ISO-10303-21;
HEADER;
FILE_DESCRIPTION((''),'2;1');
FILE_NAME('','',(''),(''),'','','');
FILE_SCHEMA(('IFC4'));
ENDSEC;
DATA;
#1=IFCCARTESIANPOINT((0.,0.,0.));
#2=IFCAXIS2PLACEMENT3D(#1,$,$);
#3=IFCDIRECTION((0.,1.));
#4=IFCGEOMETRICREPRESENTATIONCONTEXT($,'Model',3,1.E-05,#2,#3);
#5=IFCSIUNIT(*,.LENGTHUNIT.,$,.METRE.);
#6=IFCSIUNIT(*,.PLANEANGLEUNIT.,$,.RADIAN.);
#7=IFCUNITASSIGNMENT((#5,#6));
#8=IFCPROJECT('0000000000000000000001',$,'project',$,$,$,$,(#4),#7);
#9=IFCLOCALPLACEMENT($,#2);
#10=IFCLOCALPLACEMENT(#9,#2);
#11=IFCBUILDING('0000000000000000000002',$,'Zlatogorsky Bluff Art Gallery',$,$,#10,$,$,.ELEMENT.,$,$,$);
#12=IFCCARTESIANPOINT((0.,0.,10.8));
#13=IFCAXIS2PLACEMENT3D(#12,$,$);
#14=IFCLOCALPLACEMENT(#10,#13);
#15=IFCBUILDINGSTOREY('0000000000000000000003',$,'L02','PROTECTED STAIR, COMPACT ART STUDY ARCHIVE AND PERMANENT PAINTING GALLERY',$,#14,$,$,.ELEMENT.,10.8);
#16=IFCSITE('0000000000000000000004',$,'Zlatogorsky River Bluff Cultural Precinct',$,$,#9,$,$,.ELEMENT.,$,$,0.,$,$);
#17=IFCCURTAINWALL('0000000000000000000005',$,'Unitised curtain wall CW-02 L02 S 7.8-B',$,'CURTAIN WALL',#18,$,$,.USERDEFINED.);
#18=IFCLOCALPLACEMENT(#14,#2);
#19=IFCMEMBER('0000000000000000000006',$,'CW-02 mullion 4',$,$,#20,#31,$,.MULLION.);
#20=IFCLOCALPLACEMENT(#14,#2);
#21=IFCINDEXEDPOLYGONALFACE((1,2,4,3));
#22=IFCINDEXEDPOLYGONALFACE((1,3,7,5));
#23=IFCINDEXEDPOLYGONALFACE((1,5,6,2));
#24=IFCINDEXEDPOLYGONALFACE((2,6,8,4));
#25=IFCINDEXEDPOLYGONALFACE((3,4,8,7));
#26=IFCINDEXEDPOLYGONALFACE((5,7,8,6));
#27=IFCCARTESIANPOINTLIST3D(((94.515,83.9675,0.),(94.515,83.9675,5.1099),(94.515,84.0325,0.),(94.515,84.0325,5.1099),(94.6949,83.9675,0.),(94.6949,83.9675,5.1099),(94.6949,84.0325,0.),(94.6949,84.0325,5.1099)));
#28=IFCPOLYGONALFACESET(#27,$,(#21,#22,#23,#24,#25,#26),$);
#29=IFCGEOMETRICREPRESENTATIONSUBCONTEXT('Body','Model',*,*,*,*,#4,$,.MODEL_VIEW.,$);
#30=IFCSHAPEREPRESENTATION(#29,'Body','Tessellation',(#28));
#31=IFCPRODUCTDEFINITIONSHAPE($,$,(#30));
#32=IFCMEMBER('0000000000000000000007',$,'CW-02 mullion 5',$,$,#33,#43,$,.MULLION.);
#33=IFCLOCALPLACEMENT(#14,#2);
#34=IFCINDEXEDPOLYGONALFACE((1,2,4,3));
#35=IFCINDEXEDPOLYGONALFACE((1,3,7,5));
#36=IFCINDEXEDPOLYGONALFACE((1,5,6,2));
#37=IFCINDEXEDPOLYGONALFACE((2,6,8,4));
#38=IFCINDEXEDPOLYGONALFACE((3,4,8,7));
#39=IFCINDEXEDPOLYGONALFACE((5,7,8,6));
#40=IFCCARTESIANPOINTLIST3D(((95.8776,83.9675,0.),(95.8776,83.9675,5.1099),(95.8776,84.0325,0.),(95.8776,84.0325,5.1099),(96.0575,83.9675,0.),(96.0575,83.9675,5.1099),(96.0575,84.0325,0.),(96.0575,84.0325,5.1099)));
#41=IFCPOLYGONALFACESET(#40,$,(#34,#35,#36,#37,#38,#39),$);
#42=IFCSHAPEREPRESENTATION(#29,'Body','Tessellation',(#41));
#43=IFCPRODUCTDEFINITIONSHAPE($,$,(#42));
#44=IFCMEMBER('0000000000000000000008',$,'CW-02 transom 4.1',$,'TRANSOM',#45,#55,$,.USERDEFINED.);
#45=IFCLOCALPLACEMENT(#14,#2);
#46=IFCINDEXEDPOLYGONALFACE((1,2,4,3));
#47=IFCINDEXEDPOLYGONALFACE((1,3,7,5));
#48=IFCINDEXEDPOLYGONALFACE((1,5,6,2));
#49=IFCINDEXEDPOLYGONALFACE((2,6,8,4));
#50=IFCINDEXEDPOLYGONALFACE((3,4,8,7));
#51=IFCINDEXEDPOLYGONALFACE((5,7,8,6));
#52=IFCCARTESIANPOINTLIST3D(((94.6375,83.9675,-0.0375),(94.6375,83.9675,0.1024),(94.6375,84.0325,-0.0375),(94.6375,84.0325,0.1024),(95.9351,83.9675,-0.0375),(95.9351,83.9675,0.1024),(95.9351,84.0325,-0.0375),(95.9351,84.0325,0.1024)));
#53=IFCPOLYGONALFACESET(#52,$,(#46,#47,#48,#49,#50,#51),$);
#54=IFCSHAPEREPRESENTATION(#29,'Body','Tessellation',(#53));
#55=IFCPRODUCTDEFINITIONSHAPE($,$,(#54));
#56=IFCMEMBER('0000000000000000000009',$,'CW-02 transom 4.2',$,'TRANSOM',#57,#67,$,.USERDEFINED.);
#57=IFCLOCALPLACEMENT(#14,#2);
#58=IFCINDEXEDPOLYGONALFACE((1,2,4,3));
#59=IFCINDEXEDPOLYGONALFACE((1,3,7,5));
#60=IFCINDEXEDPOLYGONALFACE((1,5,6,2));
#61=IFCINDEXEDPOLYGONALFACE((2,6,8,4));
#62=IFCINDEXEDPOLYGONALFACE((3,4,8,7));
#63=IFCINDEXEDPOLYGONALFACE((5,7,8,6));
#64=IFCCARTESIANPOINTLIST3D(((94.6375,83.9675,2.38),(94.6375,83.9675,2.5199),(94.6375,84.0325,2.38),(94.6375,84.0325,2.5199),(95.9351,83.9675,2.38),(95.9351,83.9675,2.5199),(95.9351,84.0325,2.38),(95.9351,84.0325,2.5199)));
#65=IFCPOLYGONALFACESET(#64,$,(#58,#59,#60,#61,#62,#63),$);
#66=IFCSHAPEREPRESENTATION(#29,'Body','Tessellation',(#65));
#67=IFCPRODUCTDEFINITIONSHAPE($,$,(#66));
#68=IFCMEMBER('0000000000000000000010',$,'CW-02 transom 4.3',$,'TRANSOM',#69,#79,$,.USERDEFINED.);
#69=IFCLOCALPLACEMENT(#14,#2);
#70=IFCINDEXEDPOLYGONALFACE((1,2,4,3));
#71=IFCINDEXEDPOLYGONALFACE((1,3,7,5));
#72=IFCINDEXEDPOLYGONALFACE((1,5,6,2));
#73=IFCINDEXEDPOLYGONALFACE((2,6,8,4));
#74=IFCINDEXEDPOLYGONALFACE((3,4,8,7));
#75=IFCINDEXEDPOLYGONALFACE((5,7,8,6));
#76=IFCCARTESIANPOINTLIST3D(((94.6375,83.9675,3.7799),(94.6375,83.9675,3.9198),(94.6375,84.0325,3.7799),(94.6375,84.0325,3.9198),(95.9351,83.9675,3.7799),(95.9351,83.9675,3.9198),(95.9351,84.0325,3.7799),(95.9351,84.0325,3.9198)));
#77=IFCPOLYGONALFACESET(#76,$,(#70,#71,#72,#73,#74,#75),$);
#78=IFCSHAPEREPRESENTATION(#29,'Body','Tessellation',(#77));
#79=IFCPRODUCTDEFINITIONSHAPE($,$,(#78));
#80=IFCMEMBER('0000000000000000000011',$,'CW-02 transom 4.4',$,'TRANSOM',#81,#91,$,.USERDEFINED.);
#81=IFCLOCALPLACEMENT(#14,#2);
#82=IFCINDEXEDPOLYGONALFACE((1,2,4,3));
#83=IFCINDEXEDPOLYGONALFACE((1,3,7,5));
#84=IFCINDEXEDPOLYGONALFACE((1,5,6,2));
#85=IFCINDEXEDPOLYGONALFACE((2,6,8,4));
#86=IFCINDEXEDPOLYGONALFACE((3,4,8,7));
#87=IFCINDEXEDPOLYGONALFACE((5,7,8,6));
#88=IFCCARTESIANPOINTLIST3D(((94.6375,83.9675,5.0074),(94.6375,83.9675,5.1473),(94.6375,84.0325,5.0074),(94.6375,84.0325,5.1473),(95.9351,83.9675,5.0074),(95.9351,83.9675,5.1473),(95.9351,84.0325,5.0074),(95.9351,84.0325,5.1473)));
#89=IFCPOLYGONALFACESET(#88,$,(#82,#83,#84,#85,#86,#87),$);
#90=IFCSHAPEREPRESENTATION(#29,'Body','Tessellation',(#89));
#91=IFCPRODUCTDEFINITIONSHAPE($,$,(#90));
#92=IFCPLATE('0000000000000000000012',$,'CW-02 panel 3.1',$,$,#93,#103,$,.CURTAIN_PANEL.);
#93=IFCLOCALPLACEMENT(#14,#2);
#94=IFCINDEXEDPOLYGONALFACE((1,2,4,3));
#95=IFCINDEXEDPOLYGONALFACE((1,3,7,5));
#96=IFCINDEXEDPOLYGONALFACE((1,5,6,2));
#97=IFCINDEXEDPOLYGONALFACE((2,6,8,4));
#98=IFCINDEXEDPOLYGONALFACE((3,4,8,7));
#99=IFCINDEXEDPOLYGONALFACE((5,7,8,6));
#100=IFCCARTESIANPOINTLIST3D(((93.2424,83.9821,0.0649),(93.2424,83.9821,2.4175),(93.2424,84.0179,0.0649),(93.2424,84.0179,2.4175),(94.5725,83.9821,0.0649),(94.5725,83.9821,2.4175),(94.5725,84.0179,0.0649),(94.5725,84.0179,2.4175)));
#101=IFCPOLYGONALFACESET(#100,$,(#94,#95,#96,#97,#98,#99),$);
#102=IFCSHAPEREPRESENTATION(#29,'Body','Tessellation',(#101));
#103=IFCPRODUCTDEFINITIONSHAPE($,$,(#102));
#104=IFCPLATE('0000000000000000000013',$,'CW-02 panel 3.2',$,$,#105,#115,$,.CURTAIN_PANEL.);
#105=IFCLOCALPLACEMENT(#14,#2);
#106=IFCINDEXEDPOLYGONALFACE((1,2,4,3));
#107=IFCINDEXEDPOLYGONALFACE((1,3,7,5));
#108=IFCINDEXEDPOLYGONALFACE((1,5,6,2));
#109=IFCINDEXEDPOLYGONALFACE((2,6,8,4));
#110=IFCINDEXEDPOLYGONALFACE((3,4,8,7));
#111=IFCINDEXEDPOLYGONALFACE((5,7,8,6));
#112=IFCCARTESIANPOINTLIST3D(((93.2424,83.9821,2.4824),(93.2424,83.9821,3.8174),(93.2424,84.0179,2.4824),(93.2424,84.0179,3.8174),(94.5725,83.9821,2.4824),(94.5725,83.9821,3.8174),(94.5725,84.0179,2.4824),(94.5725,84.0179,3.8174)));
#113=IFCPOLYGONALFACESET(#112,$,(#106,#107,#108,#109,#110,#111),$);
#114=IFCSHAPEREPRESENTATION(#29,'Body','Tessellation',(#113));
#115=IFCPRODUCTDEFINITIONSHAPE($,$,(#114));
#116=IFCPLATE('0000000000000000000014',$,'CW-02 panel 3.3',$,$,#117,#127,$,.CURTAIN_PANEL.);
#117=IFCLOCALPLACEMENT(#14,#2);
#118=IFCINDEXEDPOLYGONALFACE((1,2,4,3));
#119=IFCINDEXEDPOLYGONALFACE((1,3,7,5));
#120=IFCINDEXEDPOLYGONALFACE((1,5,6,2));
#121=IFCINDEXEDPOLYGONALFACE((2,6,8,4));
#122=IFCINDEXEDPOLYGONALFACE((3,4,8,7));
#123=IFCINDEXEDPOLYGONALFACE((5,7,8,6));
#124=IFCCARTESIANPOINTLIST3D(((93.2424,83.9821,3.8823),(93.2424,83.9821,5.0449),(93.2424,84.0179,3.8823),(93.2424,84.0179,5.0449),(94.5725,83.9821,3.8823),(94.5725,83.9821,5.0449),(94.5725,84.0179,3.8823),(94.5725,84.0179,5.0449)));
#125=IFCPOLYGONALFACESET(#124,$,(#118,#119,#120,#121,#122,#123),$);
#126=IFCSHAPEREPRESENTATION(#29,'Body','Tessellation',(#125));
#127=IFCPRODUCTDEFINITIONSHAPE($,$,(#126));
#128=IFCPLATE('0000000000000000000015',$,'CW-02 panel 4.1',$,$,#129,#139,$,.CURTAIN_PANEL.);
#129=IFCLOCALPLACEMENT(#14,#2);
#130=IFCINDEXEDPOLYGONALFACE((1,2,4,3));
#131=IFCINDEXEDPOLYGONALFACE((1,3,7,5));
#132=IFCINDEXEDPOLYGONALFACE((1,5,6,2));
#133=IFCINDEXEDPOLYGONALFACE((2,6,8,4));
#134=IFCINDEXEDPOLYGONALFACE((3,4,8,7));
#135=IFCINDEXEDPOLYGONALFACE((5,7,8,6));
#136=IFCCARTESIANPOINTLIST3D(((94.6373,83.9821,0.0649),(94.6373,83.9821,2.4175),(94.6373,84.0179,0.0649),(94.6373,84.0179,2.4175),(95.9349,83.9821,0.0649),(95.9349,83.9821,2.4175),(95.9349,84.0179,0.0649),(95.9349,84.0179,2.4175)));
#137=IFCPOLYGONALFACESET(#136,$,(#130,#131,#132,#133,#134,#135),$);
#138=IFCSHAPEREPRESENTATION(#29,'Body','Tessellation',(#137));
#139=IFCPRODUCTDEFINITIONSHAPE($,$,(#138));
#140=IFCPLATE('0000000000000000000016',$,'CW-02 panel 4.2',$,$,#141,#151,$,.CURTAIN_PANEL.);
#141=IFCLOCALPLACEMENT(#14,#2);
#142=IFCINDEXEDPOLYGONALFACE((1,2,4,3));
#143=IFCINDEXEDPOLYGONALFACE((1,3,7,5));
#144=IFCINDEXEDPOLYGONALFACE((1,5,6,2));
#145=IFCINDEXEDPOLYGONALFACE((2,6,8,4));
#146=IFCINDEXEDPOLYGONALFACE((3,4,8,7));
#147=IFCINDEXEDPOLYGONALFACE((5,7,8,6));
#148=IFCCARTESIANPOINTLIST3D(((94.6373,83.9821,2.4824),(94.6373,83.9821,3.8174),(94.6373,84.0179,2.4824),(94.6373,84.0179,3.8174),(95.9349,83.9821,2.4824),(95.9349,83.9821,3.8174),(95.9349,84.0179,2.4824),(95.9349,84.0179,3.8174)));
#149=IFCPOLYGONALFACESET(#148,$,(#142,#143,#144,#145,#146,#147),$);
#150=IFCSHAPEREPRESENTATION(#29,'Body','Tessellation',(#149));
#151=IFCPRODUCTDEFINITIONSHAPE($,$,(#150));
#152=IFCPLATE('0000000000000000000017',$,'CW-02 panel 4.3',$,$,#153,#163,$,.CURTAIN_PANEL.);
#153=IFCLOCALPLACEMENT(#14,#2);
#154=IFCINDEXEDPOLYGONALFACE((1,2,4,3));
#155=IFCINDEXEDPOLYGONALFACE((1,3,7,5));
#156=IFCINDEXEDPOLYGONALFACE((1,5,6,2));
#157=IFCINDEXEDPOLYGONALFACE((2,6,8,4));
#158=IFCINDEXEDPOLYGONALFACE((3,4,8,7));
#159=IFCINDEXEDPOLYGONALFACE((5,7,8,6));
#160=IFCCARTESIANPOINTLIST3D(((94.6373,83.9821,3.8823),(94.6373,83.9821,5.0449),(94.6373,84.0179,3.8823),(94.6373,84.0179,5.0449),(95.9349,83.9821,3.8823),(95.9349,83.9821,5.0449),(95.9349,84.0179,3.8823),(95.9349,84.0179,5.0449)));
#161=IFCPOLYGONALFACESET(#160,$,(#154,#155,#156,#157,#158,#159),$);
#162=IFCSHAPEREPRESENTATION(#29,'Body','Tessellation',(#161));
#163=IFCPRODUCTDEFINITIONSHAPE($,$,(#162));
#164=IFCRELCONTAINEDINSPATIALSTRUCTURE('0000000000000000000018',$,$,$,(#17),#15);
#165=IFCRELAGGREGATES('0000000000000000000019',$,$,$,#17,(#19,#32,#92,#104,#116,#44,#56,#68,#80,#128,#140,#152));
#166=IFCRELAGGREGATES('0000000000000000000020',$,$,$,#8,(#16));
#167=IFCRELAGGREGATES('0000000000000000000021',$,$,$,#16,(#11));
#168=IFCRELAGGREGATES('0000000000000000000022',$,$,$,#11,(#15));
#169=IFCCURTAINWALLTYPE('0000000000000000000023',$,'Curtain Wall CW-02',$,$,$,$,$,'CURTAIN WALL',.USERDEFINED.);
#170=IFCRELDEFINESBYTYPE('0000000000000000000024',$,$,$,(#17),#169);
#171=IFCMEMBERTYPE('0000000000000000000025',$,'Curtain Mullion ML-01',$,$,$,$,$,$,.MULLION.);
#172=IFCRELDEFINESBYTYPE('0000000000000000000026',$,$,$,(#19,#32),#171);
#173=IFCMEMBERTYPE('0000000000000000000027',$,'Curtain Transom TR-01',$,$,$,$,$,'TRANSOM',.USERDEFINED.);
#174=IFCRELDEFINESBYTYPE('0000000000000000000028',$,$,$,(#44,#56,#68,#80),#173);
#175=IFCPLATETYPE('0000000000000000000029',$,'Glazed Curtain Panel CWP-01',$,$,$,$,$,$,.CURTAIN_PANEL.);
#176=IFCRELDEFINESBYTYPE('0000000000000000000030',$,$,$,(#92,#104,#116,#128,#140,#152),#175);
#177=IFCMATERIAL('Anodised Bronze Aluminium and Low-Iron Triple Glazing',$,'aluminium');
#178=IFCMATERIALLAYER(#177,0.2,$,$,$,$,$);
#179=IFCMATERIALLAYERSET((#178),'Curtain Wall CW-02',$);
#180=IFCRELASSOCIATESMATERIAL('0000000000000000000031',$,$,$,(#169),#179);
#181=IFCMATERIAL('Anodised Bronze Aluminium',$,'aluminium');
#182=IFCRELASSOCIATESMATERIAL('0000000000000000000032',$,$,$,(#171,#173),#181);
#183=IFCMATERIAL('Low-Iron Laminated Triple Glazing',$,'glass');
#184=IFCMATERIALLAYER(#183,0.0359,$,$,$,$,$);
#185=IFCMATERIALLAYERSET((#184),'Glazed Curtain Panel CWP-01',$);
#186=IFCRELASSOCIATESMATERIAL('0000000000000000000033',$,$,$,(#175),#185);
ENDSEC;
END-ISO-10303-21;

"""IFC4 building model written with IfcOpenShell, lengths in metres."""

from ifc_helpers import new_model, si_unit, direction, frame, origin, origin_2d, place, context, subcontext, project, spatial, rectangle, extrude, material, layer, layer_set, material_profile, profile_set, type_object, element, aggregate, save


model = new_model("IFC4")

# Units and contexts
model_context = context("Model", 3, precision=1e-05, world=origin(), true_north=direction((0.0, 1.0)))
body_context = subcontext(model_context, "Body", "Model", "MODEL_VIEW")
ifc_project = project(units=[si_unit("LENGTHUNIT", "METRE"), si_unit("PLANEANGLEUNIT", "RADIAN")], contexts=[model_context])

# Site, building, storey
site_placement = place(None, origin())
site = spatial("IfcSite", under=ifc_project, at=site_placement, Name="Zlatogorsky River Bluff Cultural Precinct", CompositionType="ELEMENT", RefElevation=0.0)
building_placement = place(site_placement, origin())
building = spatial("IfcBuilding", under=site, at=building_placement, Name="Zlatogorsky Bluff Art Gallery", CompositionType="ELEMENT")
storey_placement = place(building_placement, frame((0.0, 0.0, 10.8)))
storey = spatial("IfcBuildingStorey", under=building, at=storey_placement, Name="L02", Description="PROTECTED STAIR, COMPACT ART STUDY ARCHIVE AND PERMANENT PAINTING GALLERY", CompositionType="ELEMENT", Elevation=10.8)

# Curtain wall, members, plates
ifc_material_1 = material(Name="Anodised Bronze Aluminium and Low-Iron Triple Glazing", Category="aluminium")
ifc_layer_1 = layer(ifc_material_1, 0.2)
ifc_layer_set_1 = layer_set([ifc_layer_1], Name="Curtain Wall CW-02")
curtain_wall_type = type_object("IfcCurtainWallType", Name="Curtain Wall CW-02", ElementType="CURTAIN WALL", PredefinedType="USERDEFINED", material=ifc_layer_set_1)
curtain_wall_placement = place(storey_placement, origin())
curtain_wall = element("IfcCurtainWall", 1, at=curtain_wall_placement, inside=storey, type_object=curtain_wall_type, Name="Unitised curtain wall CW-02 L02 S 7.8-B", ObjectType="CURTAIN WALL", PredefinedType="USERDEFINED")
ifc_material_2 = material(Name="Anodised Bronze Aluminium", Category="aluminium")
ifc_material_profile_1 = material_profile(ifc_material_2, rectangle(XDim=0.0649, YDim=0.1799, at=origin_2d()), Name="ALU MULLION 65x180")
ifc_profile_set_1 = profile_set([ifc_material_profile_1], Name="Anodised Bronze Aluminium")
member_type_1 = type_object("IfcMemberType", Name="Curtain Mullion ML-01", PredefinedType="MULLION", material=ifc_profile_set_1)
member_1_placement = place(storey_placement, frame((94.605, 84.0, 0.0), z_axis=(0.0, 0.0, 1.0), x_axis=(0.0, 1.0, 0.0)))
member_1 = element("IfcMember", 2, at=member_1_placement, type_object=member_type_1, Name="CW-02 mullion 4", PredefinedType="MULLION", context=body_context, shape_type="SweptSolid", body=[
    extrude(rectangle(XDim=0.0649, YDim=0.1799, at=origin_2d()), origin(), (0.0, 0.0, 1.0), 5.1099),
])
member_2_placement = place(storey_placement, frame((95.9675, 84.0, 0.0), z_axis=(0.0, 0.0, 1.0), x_axis=(0.0, 1.0, 0.0)))
member_2 = element("IfcMember", 3, at=member_2_placement, type_object=member_type_1, Name="CW-02 mullion 5", PredefinedType="MULLION", context=body_context, shape_type="SweptSolid", body=[
    extrude(rectangle(XDim=0.0649, YDim=0.1799, at=origin_2d()), origin(), (0.0, 0.0, 1.0), 5.1099),
])
ifc_material_profile_2 = material_profile(ifc_material_2, rectangle(XDim=0.0649, YDim=0.1399, at=origin_2d()), Name="ALU TRANSOM 65x140")
ifc_profile_set_2 = profile_set([ifc_material_profile_2], Name="Anodised Bronze Aluminium")
member_type_2 = type_object("IfcMemberType", Name="Curtain Transom TR-01", ElementType="TRANSOM", PredefinedType="USERDEFINED", material=ifc_profile_set_2)
member_3_placement = place(storey_placement, frame((94.6375, 84.0, 0.0325), z_axis=(1.0, 0.0, 0.0), x_axis=(0.0, 1.0, 0.0)))
member_3 = element("IfcMember", 4, at=member_3_placement, type_object=member_type_2, Name="CW-02 transom 4.1", ObjectType="TRANSOM", PredefinedType="USERDEFINED", context=body_context, shape_type="SweptSolid", body=[
    extrude(rectangle(XDim=0.0649, YDim=0.1399, at=origin_2d()), origin(), (0.0, 0.0, 1.0), 1.2976),
])
member_4_placement = place(storey_placement, frame((94.6375, 84.0, 2.45), z_axis=(1.0, 0.0, 0.0), x_axis=(0.0, 1.0, 0.0)))
member_4 = element("IfcMember", 5, at=member_4_placement, type_object=member_type_2, Name="CW-02 transom 4.2", ObjectType="TRANSOM", PredefinedType="USERDEFINED", context=body_context, shape_type="SweptSolid", body=[
    extrude(rectangle(XDim=0.0649, YDim=0.1399, at=origin_2d()), origin(), (0.0, 0.0, 1.0), 1.2976),
])
member_5_placement = place(storey_placement, frame((94.6375, 84.0, 3.8499), z_axis=(1.0, 0.0, 0.0), x_axis=(0.0, 1.0, 0.0)))
member_5 = element("IfcMember", 6, at=member_5_placement, type_object=member_type_2, Name="CW-02 transom 4.3", ObjectType="TRANSOM", PredefinedType="USERDEFINED", context=body_context, shape_type="SweptSolid", body=[
    extrude(rectangle(XDim=0.0649, YDim=0.1399, at=origin_2d()), origin(), (0.0, 0.0, 1.0), 1.2976),
])
member_6_placement = place(storey_placement, frame((94.6375, 84.0, 5.0774), z_axis=(1.0, 0.0, 0.0), x_axis=(0.0, 1.0, 0.0)))
member_6 = element("IfcMember", 7, at=member_6_placement, type_object=member_type_2, Name="CW-02 transom 4.4", ObjectType="TRANSOM", PredefinedType="USERDEFINED", context=body_context, shape_type="SweptSolid", body=[
    extrude(rectangle(XDim=0.0649, YDim=0.1399, at=origin_2d()), origin(), (0.0, 0.0, 1.0), 1.2976),
])
ifc_material_3 = material(Name="Low-Iron Laminated Triple Glazing", Category="glass")
ifc_layer_2 = layer(ifc_material_3, 0.0359)
ifc_layer_set_2 = layer_set([ifc_layer_2], Name="Glazed Curtain Panel CWP-01")
plate_type = type_object("IfcPlateType", Name="Glazed Curtain Panel CWP-01", PredefinedType="CURTAIN_PANEL", material=ifc_layer_set_2)
plate_1_placement = place(storey_placement, frame((93.9075, 84.0, 0.0649), z_axis=(0.0, 0.0, 1.0), x_axis=(1.0, 0.0, 0.0)))
plate_1 = element("IfcPlate", 8, at=plate_1_placement, type_object=plate_type, Name="CW-02 panel 3.1", PredefinedType="CURTAIN_PANEL", context=body_context, shape_type="SweptSolid", body=[
    extrude(rectangle(XDim=1.3301, YDim=0.0359, at=origin_2d()), origin(), (0.0, 0.0, 1.0), 2.3525),
])
plate_2_placement = place(storey_placement, frame((93.9075, 84.0, 2.4824), z_axis=(0.0, 0.0, 1.0), x_axis=(1.0, 0.0, 0.0)))
plate_2 = element("IfcPlate", 9, at=plate_2_placement, type_object=plate_type, Name="CW-02 panel 3.2", PredefinedType="CURTAIN_PANEL", context=body_context, shape_type="SweptSolid", body=[
    extrude(rectangle(XDim=1.3301, YDim=0.0359, at=origin_2d()), origin(), (0.0, 0.0, 1.0), 1.335),
])
plate_3_placement = place(storey_placement, frame((93.9075, 84.0, 3.8823), z_axis=(0.0, 0.0, 1.0), x_axis=(1.0, 0.0, 0.0)))
plate_3 = element("IfcPlate", 10, at=plate_3_placement, type_object=plate_type, Name="CW-02 panel 3.3", PredefinedType="CURTAIN_PANEL", context=body_context, shape_type="SweptSolid", body=[
    extrude(rectangle(XDim=1.3301, YDim=0.0359, at=origin_2d()), origin(), (0.0, 0.0, 1.0), 1.1626),
])
plate_4_placement = place(storey_placement, frame((95.2861, 84.0, 0.0649), z_axis=(0.0, 0.0, 1.0), x_axis=(1.0, 0.0, 0.0)))
plate_4 = element("IfcPlate", 11, at=plate_4_placement, type_object=plate_type, Name="CW-02 panel 4.1", PredefinedType="CURTAIN_PANEL", context=body_context, shape_type="SweptSolid", body=[
    extrude(rectangle(XDim=1.2976, YDim=0.0359, at=origin_2d()), origin(), (0.0, 0.0, 1.0), 2.3525),
])
plate_5_placement = place(storey_placement, frame((95.2861, 84.0, 2.4824), z_axis=(0.0, 0.0, 1.0), x_axis=(1.0, 0.0, 0.0)))
plate_5 = element("IfcPlate", 12, at=plate_5_placement, type_object=plate_type, Name="CW-02 panel 4.2", PredefinedType="CURTAIN_PANEL", context=body_context, shape_type="SweptSolid", body=[
    extrude(rectangle(XDim=1.2976, YDim=0.0359, at=origin_2d()), origin(), (0.0, 0.0, 1.0), 1.335),
])
plate_6_placement = place(storey_placement, frame((95.2861, 84.0, 3.8823), z_axis=(0.0, 0.0, 1.0), x_axis=(1.0, 0.0, 0.0)))
plate_6 = element("IfcPlate", 13, at=plate_6_placement, type_object=plate_type, Name="CW-02 panel 4.3", PredefinedType="CURTAIN_PANEL", context=body_context, shape_type="SweptSolid", body=[
    extrude(rectangle(XDim=1.2976, YDim=0.0359, at=origin_2d()), origin(), (0.0, 0.0, 1.0), 1.1626),
])
aggregate(curtain_wall, [member_1, member_2, plate_1, plate_2, plate_3, member_3, member_4, member_5, member_6, plate_4, plate_5, plate_6])

save(model, "model.ifc")
